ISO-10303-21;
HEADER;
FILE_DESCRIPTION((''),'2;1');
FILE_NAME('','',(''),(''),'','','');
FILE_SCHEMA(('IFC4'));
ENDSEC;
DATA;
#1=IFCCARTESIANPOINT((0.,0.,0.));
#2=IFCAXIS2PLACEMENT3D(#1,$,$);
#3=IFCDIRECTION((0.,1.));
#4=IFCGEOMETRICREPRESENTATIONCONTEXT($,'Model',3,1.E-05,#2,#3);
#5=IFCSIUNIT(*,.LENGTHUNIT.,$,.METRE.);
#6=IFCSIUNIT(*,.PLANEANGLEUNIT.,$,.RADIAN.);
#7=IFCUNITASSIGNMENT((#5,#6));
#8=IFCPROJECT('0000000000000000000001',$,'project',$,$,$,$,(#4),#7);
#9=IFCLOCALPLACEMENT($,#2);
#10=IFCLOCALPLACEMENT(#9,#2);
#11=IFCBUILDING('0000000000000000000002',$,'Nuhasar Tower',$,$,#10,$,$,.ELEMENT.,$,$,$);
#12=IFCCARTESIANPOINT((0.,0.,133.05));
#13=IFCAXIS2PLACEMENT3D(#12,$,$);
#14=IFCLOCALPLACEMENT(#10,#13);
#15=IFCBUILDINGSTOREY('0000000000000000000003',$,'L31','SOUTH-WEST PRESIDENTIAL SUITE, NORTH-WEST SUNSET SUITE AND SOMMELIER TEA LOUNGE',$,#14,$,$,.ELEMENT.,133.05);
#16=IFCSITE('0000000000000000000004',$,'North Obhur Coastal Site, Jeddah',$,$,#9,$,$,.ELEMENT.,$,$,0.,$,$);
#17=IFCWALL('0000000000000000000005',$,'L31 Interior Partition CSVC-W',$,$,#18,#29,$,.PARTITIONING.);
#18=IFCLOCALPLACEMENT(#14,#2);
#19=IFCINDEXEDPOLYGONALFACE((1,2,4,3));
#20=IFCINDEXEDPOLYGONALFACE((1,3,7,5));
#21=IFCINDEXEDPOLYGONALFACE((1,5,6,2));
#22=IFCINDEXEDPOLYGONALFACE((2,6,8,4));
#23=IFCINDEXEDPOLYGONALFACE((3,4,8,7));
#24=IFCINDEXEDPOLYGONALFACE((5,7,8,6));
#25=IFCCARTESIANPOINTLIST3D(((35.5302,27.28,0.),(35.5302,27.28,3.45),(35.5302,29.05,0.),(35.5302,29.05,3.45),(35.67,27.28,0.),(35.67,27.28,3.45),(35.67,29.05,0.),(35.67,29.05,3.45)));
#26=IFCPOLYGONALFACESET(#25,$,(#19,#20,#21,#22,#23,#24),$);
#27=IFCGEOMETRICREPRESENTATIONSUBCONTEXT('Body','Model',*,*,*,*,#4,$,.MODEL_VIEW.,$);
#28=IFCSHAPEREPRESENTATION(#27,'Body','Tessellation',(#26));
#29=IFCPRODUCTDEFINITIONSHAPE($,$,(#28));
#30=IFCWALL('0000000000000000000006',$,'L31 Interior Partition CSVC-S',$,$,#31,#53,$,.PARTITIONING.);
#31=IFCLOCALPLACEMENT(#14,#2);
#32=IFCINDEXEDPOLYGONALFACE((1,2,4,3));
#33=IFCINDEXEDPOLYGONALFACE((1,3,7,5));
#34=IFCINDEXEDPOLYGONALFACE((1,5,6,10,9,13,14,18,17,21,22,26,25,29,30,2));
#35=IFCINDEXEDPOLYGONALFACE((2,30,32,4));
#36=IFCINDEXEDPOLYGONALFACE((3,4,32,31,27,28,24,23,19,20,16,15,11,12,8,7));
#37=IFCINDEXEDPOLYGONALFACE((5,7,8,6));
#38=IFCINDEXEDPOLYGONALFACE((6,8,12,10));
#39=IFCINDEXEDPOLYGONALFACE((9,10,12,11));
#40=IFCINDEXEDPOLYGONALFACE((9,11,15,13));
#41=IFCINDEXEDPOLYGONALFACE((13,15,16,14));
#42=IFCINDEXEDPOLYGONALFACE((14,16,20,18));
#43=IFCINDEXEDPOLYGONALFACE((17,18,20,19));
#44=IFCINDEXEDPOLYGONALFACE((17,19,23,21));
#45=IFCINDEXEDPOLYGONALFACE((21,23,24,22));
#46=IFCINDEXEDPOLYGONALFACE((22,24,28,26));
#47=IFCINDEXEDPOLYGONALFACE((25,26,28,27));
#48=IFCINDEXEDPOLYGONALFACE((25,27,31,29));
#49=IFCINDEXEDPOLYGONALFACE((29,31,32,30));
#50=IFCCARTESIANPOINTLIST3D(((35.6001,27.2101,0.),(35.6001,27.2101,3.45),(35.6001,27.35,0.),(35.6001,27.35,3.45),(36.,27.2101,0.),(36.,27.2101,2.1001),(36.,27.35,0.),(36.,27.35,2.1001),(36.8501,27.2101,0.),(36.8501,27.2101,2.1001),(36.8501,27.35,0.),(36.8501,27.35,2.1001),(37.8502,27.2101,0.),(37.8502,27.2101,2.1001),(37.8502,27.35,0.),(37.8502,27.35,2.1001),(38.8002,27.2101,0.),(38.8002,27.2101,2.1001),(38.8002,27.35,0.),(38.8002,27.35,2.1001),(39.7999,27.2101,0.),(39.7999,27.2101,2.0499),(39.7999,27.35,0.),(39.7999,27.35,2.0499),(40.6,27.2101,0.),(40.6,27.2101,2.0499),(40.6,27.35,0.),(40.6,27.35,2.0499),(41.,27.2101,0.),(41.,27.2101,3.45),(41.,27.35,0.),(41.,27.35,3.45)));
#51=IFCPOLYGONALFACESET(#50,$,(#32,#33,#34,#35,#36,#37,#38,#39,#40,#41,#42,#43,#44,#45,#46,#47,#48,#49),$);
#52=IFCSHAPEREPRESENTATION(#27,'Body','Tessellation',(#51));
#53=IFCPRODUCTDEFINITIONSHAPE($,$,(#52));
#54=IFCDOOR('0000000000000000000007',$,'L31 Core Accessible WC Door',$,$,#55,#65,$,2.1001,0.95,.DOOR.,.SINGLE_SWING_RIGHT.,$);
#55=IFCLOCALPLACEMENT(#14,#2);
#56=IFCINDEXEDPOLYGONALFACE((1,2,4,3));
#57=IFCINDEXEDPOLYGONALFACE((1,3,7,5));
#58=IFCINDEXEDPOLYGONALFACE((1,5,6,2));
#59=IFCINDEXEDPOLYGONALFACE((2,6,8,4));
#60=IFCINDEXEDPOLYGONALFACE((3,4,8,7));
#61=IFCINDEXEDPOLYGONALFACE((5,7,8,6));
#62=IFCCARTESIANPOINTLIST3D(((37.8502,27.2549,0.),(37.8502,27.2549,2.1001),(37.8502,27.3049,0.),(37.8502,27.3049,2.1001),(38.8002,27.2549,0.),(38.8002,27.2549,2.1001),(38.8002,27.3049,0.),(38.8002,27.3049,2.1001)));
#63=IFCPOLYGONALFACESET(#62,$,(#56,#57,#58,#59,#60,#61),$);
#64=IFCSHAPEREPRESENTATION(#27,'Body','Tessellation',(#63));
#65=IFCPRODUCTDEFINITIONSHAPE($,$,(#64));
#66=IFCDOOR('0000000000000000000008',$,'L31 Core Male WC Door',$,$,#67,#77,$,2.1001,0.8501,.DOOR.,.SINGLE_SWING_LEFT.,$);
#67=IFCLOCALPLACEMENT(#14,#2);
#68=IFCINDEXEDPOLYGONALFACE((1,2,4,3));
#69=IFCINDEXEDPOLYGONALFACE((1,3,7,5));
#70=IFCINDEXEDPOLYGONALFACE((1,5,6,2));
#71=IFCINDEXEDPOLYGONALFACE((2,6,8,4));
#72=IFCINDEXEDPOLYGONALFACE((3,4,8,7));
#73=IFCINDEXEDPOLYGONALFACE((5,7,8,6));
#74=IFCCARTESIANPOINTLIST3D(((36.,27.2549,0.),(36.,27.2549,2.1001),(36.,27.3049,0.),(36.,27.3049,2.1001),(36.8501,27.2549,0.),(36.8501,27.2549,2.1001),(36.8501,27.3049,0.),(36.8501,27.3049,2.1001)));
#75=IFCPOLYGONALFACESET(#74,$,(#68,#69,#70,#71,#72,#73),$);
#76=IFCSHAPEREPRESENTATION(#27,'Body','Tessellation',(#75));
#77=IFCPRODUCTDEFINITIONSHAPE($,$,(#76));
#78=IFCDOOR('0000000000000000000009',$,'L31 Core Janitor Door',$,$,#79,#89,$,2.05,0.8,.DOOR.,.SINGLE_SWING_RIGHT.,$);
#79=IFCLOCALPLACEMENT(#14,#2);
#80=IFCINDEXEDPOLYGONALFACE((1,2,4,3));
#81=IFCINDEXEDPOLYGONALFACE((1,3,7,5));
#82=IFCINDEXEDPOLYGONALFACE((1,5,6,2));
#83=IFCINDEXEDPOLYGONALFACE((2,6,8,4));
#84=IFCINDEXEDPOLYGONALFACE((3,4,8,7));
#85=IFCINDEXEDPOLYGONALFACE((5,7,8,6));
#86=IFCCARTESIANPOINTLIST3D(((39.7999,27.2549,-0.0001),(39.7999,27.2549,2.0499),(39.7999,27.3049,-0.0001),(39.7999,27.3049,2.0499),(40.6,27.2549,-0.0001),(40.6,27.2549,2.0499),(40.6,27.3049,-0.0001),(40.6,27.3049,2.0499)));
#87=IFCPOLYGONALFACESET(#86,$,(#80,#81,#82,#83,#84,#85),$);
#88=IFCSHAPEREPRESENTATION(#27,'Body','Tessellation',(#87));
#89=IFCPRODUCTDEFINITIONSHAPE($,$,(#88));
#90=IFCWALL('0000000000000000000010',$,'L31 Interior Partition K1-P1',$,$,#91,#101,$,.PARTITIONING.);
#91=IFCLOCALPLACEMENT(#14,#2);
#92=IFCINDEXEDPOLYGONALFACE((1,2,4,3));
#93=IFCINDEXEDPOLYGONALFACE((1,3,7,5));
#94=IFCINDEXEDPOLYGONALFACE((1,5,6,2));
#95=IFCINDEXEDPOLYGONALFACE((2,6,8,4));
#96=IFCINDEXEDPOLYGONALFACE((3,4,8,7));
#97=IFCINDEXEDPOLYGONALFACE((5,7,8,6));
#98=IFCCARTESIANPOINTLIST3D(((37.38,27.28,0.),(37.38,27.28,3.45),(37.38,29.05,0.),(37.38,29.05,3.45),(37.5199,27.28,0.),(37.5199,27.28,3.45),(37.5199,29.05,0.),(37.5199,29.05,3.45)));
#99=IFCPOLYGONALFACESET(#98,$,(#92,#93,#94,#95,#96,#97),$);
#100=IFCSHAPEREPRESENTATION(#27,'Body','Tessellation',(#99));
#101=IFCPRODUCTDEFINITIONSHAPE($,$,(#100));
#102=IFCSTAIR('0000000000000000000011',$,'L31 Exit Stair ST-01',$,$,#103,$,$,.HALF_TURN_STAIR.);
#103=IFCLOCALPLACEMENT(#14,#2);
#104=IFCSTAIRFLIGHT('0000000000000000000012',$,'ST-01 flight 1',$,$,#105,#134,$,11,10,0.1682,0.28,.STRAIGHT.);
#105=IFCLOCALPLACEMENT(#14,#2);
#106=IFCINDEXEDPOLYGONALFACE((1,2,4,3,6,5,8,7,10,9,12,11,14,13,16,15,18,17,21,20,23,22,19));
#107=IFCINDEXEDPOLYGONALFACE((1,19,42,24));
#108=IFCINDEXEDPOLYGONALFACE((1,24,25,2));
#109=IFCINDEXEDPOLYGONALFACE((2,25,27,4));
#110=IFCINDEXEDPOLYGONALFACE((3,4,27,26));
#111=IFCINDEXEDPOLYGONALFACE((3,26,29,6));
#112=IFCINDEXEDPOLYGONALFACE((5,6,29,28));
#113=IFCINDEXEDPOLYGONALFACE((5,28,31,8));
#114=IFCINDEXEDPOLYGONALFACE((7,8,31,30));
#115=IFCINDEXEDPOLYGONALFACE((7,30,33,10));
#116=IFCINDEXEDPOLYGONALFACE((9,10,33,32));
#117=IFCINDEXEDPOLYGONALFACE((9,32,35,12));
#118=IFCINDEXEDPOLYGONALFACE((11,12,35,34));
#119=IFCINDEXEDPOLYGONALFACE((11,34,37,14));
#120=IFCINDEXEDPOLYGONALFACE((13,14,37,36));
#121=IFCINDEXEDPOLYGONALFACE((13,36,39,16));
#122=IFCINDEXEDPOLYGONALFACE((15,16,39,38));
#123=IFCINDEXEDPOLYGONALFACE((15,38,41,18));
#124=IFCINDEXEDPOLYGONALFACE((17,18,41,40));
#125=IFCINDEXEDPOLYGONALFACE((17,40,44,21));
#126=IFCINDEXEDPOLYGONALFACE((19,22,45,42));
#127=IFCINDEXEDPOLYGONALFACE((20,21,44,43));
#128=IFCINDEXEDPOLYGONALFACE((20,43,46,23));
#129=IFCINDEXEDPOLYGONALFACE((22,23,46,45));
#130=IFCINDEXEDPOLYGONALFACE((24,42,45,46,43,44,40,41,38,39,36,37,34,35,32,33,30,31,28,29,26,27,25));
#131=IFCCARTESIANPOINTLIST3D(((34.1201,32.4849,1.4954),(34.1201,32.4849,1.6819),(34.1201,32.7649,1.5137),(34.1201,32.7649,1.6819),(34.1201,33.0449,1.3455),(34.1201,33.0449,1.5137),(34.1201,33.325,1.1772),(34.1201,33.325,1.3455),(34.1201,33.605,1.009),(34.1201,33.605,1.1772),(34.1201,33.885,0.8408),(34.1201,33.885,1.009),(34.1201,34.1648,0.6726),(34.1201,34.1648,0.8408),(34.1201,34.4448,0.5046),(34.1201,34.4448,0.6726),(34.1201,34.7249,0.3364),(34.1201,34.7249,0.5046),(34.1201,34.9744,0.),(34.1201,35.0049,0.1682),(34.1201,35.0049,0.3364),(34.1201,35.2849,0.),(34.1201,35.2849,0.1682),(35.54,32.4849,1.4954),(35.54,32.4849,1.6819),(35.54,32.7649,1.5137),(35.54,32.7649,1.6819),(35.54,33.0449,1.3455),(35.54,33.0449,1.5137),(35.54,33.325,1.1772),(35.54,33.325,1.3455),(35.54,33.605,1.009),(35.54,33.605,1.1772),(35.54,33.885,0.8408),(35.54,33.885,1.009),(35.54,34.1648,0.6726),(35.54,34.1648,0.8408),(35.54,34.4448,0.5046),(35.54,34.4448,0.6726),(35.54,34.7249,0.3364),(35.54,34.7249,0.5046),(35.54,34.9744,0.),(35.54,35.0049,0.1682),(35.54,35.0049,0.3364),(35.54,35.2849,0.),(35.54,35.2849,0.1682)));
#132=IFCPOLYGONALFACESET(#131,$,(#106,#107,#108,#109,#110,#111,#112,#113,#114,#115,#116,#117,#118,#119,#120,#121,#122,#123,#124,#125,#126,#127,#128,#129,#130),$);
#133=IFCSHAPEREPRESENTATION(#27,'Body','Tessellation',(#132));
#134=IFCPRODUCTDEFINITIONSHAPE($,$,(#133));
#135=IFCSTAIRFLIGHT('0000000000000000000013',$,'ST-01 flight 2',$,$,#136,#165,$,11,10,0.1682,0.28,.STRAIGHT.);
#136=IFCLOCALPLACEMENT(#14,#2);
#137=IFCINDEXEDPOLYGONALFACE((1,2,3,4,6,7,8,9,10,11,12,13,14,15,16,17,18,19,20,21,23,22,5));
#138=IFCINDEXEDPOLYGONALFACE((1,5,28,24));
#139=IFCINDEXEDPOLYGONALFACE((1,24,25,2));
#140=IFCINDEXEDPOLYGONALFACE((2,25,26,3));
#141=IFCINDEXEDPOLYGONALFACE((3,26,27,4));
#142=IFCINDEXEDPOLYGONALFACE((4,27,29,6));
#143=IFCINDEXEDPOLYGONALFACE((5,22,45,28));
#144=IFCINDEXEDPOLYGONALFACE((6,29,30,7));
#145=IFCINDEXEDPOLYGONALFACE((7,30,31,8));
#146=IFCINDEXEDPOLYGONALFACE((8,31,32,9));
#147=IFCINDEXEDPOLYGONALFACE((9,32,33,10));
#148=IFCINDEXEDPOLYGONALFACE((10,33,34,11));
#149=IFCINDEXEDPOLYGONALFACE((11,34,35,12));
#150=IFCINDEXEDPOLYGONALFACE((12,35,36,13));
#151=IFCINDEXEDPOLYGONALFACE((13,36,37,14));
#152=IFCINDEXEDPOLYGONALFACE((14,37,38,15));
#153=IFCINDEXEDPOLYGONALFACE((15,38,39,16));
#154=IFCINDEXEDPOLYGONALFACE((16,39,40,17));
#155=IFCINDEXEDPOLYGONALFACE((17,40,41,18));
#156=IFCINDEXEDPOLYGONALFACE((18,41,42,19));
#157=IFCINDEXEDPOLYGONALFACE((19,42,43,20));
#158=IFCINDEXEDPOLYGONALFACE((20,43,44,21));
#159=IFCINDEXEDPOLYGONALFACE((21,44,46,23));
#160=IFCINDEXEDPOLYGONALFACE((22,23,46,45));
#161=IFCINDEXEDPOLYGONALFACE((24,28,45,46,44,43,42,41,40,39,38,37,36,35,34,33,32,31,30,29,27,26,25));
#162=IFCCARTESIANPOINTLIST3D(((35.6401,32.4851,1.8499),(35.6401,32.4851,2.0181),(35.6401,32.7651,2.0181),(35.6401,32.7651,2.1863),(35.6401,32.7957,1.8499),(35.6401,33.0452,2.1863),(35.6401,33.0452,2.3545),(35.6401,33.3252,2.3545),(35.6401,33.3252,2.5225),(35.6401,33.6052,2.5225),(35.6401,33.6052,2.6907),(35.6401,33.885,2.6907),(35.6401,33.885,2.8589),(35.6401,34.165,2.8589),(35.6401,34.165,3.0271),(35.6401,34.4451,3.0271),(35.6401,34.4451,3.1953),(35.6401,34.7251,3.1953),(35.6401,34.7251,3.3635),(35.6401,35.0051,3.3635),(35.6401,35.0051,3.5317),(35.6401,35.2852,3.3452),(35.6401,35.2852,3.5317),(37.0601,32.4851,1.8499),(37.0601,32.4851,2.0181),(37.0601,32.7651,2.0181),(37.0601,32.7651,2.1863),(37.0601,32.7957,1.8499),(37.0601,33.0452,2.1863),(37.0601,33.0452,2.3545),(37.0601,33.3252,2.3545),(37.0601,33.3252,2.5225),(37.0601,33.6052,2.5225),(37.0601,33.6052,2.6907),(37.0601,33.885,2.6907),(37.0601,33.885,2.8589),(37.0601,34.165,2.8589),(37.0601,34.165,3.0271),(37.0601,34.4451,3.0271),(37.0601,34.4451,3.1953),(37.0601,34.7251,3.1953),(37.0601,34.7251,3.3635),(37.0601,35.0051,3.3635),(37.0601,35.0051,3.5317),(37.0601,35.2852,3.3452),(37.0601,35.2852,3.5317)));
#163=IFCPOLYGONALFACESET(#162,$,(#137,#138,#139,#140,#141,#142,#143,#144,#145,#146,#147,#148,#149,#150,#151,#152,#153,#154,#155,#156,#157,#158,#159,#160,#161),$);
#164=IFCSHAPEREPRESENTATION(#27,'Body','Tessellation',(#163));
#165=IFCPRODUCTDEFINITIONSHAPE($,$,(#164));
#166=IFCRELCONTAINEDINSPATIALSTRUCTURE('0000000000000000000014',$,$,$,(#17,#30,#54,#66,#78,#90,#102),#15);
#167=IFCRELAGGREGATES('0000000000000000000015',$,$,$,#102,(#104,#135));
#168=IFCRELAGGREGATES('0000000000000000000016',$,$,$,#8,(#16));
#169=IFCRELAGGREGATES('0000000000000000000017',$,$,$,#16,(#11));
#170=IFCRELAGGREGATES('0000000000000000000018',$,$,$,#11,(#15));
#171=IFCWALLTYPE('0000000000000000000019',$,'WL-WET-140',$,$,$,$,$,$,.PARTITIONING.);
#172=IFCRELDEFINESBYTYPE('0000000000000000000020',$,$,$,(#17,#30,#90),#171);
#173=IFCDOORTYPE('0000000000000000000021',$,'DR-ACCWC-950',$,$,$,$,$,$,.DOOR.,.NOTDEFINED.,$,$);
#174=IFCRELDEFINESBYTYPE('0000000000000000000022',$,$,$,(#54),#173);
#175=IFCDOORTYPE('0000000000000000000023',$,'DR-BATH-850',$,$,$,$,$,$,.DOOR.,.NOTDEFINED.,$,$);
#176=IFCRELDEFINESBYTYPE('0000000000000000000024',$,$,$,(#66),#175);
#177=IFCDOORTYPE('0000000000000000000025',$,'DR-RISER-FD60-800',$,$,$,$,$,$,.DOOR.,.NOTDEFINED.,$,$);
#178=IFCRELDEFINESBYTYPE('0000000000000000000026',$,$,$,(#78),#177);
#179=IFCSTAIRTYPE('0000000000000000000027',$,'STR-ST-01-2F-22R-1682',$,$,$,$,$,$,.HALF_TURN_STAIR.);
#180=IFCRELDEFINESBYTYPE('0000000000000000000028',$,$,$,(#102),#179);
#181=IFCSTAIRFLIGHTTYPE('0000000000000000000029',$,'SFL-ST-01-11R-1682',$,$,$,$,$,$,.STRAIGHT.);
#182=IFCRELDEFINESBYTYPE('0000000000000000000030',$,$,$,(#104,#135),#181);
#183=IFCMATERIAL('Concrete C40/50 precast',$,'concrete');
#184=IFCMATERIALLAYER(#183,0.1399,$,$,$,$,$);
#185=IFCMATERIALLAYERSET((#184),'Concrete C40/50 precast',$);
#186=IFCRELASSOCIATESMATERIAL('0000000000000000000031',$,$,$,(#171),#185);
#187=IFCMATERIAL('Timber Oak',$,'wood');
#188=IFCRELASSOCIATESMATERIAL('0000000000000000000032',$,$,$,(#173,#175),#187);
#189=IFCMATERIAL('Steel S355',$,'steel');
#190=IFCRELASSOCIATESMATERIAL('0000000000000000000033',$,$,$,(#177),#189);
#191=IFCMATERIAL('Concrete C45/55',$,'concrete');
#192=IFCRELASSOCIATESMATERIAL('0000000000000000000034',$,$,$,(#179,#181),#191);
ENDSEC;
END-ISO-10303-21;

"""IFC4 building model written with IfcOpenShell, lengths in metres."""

from ifc_helpers import new_model, si_unit, direction, frame, frame_2d, origin, place, context, subcontext, project, spatial, polyline, rectangle, outline, extrude, material, layer, layer_set, type_object, element, fill, aggregate, save


model = new_model("IFC4")

# Units and contexts
model_context = context("Model", 3, precision=1e-05, world=origin(), true_north=direction((0.0, 1.0)))
body_context = subcontext(model_context, "Body", "Model", "MODEL_VIEW")
ifc_project = project(units=[si_unit("LENGTHUNIT", "METRE"), si_unit("PLANEANGLEUNIT", "RADIAN")], contexts=[model_context])

# Site, building, storey
site_placement = place(None, origin())
site = spatial("IfcSite", under=ifc_project, at=site_placement, Name="North Obhur Coastal Site, Jeddah", CompositionType="ELEMENT", RefElevation=0.0)
building_placement = place(site_placement, origin())
building = spatial("IfcBuilding", under=site, at=building_placement, Name="Nuhasar Tower", CompositionType="ELEMENT")
storey_placement = place(building_placement, frame((0.0, 0.0, 133.05)))
storey = spatial("IfcBuildingStorey", under=building, at=storey_placement, Name="L31", Description="SOUTH-WEST PRESIDENTIAL SUITE, NORTH-WEST SUNSET SUITE AND SOMMELIER TEA LOUNGE", CompositionType="ELEMENT", Elevation=133.05)

# Shared definitions
ifc_material_1 = material(Name="Steel S355", Category="steel")

# Wall
ifc_material_2 = material(Name="Concrete C40/50 precast", Category="concrete")
ifc_layer_1 = layer(ifc_material_2, 0.1399)
ifc_layer_set_1 = layer_set([ifc_layer_1], Name="Concrete C40/50 precast")
wall_type_1 = type_object("IfcWallType", Name="WL-WET-140", PredefinedType="PARTITIONING", material=ifc_layer_set_1)
wall_1_placement = place(storey_placement, frame((35.6001, 27.28, 0.0), z_axis=(0.0, 0.0, 1.0), x_axis=(0.0, 1.0, 0.0)))
element("IfcWall", 1, at=wall_1_placement, inside=storey, type_object=wall_type_1, Name="L31 Interior Partition CSVC-W", PredefinedType="PARTITIONING", context=body_context, shape_type="SweptSolid", body=[
    extrude(rectangle(XDim=1.77, YDim=0.1399, at=frame_2d((0.885, 0.0))), origin(), (0.0, 0.0, 1.0), 3.45),
])

# Wall, openings, doors
wall_2_placement = place(storey_placement, frame((35.6001, 27.28, 0.0), z_axis=(0.0, 0.0, 1.0), x_axis=(1.0, 0.0, 0.0)))
wall_2 = element("IfcWall", 2, at=wall_2_placement, inside=storey, type_object=wall_type_1, Name="L31 Interior Partition CSVC-S", PredefinedType="PARTITIONING", context=body_context, shape_type="SweptSolid", body=[
    extrude(rectangle(XDim=5.3999, YDim=0.1399, at=frame_2d((2.7, 0.0))), origin(), (0.0, 0.0, 1.0), 3.45),
])
opening_1_placement = place(wall_2_placement, frame((0.3999, 0.0, 0.0)))
opening_1 = element("IfcOpeningElement", 3, at=opening_1_placement, cuts=wall_2, PredefinedType="OPENING", context=body_context, shape_type="SweptSolid", body=[
    extrude(rectangle(XDim=0.8501, YDim=2.1001, at=frame_2d((0.425, 1.05))), frame((0.0, 0.0801, 0.0), z_axis=(0.0, -1.0, 0.0), x_axis=(1.0, 0.0, 0.0)), (0.0, 0.0, 1.0), 0.1599),
])
opening_2_placement = place(wall_2_placement, frame((2.25, 0.0, 0.0)))
opening_2 = element("IfcOpeningElement", 4, at=opening_2_placement, cuts=wall_2, PredefinedType="OPENING", context=body_context, shape_type="SweptSolid", body=[
    extrude(rectangle(XDim=0.95, YDim=2.1001, at=frame_2d((0.4751, 1.05))), frame((0.0, 0.0801, 0.0), z_axis=(0.0, -1.0, 0.0), x_axis=(1.0, 0.0, 0.0)), (0.0, 0.0, 1.0), 0.1599),
])
opening_3_placement = place(wall_2_placement, frame((4.2, 0.0, 0.0)))
opening_3 = element("IfcOpeningElement", 5, at=opening_3_placement, cuts=wall_2, PredefinedType="OPENING", context=body_context, shape_type="SweptSolid", body=[
    extrude(rectangle(XDim=0.8, YDim=2.05, at=frame_2d((0.3999, 1.0249))), frame((0.0, 0.0801, 0.0), z_axis=(0.0, -1.0, 0.0), x_axis=(1.0, 0.0, 0.0)), (0.0, 0.0, 1.0), 0.1599),
])
ifc_material_3 = material(Name="Timber Oak", Category="wood")
door_type_1 = type_object("IfcDoorType", Name="DR-ACCWC-950", OperationType="NOTDEFINED", PredefinedType="DOOR", material=ifc_material_3)
door_1_placement = place(opening_2_placement, origin())
door_1 = element("IfcDoor", 6, at=door_1_placement, inside=storey, type_object=door_type_1, Name="L31 Core Accessible WC Door", OperationType="SINGLE_SWING_RIGHT", OverallHeight=2.1001, OverallWidth=0.95, PredefinedType="DOOR", context=body_context, shape_type="SweptSolid", body=[
    extrude(rectangle(XDim=0.95, YDim=2.1001, at=frame_2d((0.4751, 1.05))), frame((0.0, 0.0249, 0.0), z_axis=(0.0, -1.0, 0.0), x_axis=(1.0, 0.0, 0.0)), (0.0, 0.0, 1.0), 0.05),
])
fill(opening_2, door_1)
door_type_2 = type_object("IfcDoorType", Name="DR-BATH-850", OperationType="NOTDEFINED", PredefinedType="DOOR", material=ifc_material_3)
door_2_placement = place(opening_1_placement, origin())
door_2 = element("IfcDoor", 7, at=door_2_placement, inside=storey, type_object=door_type_2, Name="L31 Core Male WC Door", OperationType="SINGLE_SWING_LEFT", OverallHeight=2.1001, OverallWidth=0.8501, PredefinedType="DOOR", context=body_context, shape_type="SweptSolid", body=[
    extrude(rectangle(XDim=0.8501, YDim=2.1001, at=frame_2d((0.425, 1.05))), frame((0.0, 0.0249, 0.0), z_axis=(0.0, -1.0, 0.0), x_axis=(1.0, 0.0, 0.0)), (0.0, 0.0, 1.0), 0.05),
])
fill(opening_1, door_2)
door_type_3 = type_object("IfcDoorType", Name="DR-RISER-FD60-800", OperationType="NOTDEFINED", PredefinedType="DOOR", material=ifc_material_1)
door_3_placement = place(opening_3_placement, origin())
door_3 = element("IfcDoor", 8, at=door_3_placement, inside=storey, type_object=door_type_3, Name="L31 Core Janitor Door", OperationType="SINGLE_SWING_RIGHT", OverallHeight=2.05, OverallWidth=0.8, PredefinedType="DOOR", context=body_context, shape_type="SweptSolid", body=[
    extrude(rectangle(XDim=0.8, YDim=2.05, at=frame_2d((0.3999, 1.0249))), frame((0.0, 0.0249, 0.0), z_axis=(0.0, -1.0, 0.0), x_axis=(1.0, 0.0, 0.0)), (0.0, 0.0, 1.0), 0.05),
])
fill(opening_3, door_3)

# Wall
wall_3_placement = place(storey_placement, frame((37.45, 27.28, 0.0), z_axis=(0.0, 0.0, 1.0), x_axis=(0.0, 1.0, 0.0)))
element("IfcWall", 9, at=wall_3_placement, inside=storey, type_object=wall_type_1, Name="L31 Interior Partition K1-P1", PredefinedType="PARTITIONING", context=body_context, shape_type="SweptSolid", body=[
    extrude(rectangle(XDim=1.77, YDim=0.1399, at=frame_2d((0.885, 0.0))), origin(), (0.0, 0.0, 1.0), 3.45),
])

# Stair, stair flights
ifc_material_4 = material(Name="Concrete C45/55", Category="concrete")
stair_type_1 = type_object("IfcStairType", Name="STR-ST-01-2F-22R-1682", PredefinedType="HALF_TURN_STAIR", material=ifc_material_4)
stair_1_placement = place(storey_placement, origin())
stair_1 = element("IfcStair", 10, at=stair_1_placement, inside=storey, type_object=stair_type_1, Name="L31 Exit Stair ST-01", PredefinedType="HALF_TURN_STAIR")
stair_flight_type_1 = type_object("IfcStairFlightType", Name="SFL-ST-01-11R-1682", PredefinedType="STRAIGHT", material=ifc_material_4)
stair_flight_1_placement = place(storey_placement, frame((34.8301, 35.2849, 0.0), z_axis=(0.0, 0.0, 1.0), x_axis=(0.0, -1.0, 0.0)))
stair_flight_1 = element("IfcStairFlight", 11, at=stair_flight_1_placement, type_object=stair_flight_type_1, Name="ST-01 flight 1", NumberOfRisers=11, NumberOfTreads=10, PredefinedType="STRAIGHT", RiserHeight=0.1682, TreadLength=0.28, context=body_context, shape_type="SweptSolid", body=[
    extrude(outline(polyline([(0.0, 0.0), (0.0, 0.1682), (0.28, 0.1682), (0.28, 0.3364), (0.5601, 0.3364), (0.5601, 0.5046), (0.8401, 0.5046), (0.8401, 0.6726), (1.1201, 0.6726), (1.1201, 0.8408), (1.3999, 0.8408), (1.3999, 1.009), (1.6799, 1.009), (1.6799, 1.1772), (1.96, 1.1772), (1.96, 1.3455), (2.24, 1.3455), (2.24, 1.5137), (2.52, 1.5137), (2.52, 1.6819), (2.8, 1.6819), (2.8, 1.8501), (2.8, 1.4954), (0.3105, 0.0), (0.0, 0.0)])), frame((0.0, 0.71, 0.0), z_axis=(0.0, -1.0, 0.0), x_axis=(1.0, 0.0, 0.0)), (0.0, 0.0, 1.0), 1.4199),
])
stair_flight_2_placement = place(storey_placement, frame((36.3501, 32.4851, 1.8499), z_axis=(0.0, 0.0, 1.0), x_axis=(0.0, 1.0, 0.0)))
stair_flight_2 = element("IfcStairFlight", 12, at=stair_flight_2_placement, type_object=stair_flight_type_1, Name="ST-01 flight 2", NumberOfRisers=11, NumberOfTreads=10, PredefinedType="STRAIGHT", RiserHeight=0.1682, TreadLength=0.28, context=body_context, shape_type="SweptSolid", body=[
    extrude(outline(polyline([(0.0, 0.0), (0.0, 0.1682), (0.28, 0.1682), (0.28, 0.3364), (0.5601, 0.3364), (0.5601, 0.5046), (0.8401, 0.5046), (0.8401, 0.6726), (1.1201, 0.6726), (1.1201, 0.8408), (1.3999, 0.8408), (1.3999, 1.009), (1.6799, 1.009), (1.6799, 1.1772), (1.96, 1.1772), (1.96, 1.3455), (2.24, 1.3455), (2.24, 1.5137), (2.52, 1.5137), (2.52, 1.6819), (2.8, 1.6819), (2.8, 1.8501), (2.8, 1.4954), (0.3105, 0.0), (0.0, 0.0)])), frame((0.0, 0.71, 0.0), z_axis=(0.0, -1.0, 0.0), x_axis=(1.0, 0.0, 0.0)), (0.0, 0.0, 1.0), 1.4199),
])
aggregate(stair_1, [stair_flight_1, stair_flight_2])

save(model, "model.ifc")
